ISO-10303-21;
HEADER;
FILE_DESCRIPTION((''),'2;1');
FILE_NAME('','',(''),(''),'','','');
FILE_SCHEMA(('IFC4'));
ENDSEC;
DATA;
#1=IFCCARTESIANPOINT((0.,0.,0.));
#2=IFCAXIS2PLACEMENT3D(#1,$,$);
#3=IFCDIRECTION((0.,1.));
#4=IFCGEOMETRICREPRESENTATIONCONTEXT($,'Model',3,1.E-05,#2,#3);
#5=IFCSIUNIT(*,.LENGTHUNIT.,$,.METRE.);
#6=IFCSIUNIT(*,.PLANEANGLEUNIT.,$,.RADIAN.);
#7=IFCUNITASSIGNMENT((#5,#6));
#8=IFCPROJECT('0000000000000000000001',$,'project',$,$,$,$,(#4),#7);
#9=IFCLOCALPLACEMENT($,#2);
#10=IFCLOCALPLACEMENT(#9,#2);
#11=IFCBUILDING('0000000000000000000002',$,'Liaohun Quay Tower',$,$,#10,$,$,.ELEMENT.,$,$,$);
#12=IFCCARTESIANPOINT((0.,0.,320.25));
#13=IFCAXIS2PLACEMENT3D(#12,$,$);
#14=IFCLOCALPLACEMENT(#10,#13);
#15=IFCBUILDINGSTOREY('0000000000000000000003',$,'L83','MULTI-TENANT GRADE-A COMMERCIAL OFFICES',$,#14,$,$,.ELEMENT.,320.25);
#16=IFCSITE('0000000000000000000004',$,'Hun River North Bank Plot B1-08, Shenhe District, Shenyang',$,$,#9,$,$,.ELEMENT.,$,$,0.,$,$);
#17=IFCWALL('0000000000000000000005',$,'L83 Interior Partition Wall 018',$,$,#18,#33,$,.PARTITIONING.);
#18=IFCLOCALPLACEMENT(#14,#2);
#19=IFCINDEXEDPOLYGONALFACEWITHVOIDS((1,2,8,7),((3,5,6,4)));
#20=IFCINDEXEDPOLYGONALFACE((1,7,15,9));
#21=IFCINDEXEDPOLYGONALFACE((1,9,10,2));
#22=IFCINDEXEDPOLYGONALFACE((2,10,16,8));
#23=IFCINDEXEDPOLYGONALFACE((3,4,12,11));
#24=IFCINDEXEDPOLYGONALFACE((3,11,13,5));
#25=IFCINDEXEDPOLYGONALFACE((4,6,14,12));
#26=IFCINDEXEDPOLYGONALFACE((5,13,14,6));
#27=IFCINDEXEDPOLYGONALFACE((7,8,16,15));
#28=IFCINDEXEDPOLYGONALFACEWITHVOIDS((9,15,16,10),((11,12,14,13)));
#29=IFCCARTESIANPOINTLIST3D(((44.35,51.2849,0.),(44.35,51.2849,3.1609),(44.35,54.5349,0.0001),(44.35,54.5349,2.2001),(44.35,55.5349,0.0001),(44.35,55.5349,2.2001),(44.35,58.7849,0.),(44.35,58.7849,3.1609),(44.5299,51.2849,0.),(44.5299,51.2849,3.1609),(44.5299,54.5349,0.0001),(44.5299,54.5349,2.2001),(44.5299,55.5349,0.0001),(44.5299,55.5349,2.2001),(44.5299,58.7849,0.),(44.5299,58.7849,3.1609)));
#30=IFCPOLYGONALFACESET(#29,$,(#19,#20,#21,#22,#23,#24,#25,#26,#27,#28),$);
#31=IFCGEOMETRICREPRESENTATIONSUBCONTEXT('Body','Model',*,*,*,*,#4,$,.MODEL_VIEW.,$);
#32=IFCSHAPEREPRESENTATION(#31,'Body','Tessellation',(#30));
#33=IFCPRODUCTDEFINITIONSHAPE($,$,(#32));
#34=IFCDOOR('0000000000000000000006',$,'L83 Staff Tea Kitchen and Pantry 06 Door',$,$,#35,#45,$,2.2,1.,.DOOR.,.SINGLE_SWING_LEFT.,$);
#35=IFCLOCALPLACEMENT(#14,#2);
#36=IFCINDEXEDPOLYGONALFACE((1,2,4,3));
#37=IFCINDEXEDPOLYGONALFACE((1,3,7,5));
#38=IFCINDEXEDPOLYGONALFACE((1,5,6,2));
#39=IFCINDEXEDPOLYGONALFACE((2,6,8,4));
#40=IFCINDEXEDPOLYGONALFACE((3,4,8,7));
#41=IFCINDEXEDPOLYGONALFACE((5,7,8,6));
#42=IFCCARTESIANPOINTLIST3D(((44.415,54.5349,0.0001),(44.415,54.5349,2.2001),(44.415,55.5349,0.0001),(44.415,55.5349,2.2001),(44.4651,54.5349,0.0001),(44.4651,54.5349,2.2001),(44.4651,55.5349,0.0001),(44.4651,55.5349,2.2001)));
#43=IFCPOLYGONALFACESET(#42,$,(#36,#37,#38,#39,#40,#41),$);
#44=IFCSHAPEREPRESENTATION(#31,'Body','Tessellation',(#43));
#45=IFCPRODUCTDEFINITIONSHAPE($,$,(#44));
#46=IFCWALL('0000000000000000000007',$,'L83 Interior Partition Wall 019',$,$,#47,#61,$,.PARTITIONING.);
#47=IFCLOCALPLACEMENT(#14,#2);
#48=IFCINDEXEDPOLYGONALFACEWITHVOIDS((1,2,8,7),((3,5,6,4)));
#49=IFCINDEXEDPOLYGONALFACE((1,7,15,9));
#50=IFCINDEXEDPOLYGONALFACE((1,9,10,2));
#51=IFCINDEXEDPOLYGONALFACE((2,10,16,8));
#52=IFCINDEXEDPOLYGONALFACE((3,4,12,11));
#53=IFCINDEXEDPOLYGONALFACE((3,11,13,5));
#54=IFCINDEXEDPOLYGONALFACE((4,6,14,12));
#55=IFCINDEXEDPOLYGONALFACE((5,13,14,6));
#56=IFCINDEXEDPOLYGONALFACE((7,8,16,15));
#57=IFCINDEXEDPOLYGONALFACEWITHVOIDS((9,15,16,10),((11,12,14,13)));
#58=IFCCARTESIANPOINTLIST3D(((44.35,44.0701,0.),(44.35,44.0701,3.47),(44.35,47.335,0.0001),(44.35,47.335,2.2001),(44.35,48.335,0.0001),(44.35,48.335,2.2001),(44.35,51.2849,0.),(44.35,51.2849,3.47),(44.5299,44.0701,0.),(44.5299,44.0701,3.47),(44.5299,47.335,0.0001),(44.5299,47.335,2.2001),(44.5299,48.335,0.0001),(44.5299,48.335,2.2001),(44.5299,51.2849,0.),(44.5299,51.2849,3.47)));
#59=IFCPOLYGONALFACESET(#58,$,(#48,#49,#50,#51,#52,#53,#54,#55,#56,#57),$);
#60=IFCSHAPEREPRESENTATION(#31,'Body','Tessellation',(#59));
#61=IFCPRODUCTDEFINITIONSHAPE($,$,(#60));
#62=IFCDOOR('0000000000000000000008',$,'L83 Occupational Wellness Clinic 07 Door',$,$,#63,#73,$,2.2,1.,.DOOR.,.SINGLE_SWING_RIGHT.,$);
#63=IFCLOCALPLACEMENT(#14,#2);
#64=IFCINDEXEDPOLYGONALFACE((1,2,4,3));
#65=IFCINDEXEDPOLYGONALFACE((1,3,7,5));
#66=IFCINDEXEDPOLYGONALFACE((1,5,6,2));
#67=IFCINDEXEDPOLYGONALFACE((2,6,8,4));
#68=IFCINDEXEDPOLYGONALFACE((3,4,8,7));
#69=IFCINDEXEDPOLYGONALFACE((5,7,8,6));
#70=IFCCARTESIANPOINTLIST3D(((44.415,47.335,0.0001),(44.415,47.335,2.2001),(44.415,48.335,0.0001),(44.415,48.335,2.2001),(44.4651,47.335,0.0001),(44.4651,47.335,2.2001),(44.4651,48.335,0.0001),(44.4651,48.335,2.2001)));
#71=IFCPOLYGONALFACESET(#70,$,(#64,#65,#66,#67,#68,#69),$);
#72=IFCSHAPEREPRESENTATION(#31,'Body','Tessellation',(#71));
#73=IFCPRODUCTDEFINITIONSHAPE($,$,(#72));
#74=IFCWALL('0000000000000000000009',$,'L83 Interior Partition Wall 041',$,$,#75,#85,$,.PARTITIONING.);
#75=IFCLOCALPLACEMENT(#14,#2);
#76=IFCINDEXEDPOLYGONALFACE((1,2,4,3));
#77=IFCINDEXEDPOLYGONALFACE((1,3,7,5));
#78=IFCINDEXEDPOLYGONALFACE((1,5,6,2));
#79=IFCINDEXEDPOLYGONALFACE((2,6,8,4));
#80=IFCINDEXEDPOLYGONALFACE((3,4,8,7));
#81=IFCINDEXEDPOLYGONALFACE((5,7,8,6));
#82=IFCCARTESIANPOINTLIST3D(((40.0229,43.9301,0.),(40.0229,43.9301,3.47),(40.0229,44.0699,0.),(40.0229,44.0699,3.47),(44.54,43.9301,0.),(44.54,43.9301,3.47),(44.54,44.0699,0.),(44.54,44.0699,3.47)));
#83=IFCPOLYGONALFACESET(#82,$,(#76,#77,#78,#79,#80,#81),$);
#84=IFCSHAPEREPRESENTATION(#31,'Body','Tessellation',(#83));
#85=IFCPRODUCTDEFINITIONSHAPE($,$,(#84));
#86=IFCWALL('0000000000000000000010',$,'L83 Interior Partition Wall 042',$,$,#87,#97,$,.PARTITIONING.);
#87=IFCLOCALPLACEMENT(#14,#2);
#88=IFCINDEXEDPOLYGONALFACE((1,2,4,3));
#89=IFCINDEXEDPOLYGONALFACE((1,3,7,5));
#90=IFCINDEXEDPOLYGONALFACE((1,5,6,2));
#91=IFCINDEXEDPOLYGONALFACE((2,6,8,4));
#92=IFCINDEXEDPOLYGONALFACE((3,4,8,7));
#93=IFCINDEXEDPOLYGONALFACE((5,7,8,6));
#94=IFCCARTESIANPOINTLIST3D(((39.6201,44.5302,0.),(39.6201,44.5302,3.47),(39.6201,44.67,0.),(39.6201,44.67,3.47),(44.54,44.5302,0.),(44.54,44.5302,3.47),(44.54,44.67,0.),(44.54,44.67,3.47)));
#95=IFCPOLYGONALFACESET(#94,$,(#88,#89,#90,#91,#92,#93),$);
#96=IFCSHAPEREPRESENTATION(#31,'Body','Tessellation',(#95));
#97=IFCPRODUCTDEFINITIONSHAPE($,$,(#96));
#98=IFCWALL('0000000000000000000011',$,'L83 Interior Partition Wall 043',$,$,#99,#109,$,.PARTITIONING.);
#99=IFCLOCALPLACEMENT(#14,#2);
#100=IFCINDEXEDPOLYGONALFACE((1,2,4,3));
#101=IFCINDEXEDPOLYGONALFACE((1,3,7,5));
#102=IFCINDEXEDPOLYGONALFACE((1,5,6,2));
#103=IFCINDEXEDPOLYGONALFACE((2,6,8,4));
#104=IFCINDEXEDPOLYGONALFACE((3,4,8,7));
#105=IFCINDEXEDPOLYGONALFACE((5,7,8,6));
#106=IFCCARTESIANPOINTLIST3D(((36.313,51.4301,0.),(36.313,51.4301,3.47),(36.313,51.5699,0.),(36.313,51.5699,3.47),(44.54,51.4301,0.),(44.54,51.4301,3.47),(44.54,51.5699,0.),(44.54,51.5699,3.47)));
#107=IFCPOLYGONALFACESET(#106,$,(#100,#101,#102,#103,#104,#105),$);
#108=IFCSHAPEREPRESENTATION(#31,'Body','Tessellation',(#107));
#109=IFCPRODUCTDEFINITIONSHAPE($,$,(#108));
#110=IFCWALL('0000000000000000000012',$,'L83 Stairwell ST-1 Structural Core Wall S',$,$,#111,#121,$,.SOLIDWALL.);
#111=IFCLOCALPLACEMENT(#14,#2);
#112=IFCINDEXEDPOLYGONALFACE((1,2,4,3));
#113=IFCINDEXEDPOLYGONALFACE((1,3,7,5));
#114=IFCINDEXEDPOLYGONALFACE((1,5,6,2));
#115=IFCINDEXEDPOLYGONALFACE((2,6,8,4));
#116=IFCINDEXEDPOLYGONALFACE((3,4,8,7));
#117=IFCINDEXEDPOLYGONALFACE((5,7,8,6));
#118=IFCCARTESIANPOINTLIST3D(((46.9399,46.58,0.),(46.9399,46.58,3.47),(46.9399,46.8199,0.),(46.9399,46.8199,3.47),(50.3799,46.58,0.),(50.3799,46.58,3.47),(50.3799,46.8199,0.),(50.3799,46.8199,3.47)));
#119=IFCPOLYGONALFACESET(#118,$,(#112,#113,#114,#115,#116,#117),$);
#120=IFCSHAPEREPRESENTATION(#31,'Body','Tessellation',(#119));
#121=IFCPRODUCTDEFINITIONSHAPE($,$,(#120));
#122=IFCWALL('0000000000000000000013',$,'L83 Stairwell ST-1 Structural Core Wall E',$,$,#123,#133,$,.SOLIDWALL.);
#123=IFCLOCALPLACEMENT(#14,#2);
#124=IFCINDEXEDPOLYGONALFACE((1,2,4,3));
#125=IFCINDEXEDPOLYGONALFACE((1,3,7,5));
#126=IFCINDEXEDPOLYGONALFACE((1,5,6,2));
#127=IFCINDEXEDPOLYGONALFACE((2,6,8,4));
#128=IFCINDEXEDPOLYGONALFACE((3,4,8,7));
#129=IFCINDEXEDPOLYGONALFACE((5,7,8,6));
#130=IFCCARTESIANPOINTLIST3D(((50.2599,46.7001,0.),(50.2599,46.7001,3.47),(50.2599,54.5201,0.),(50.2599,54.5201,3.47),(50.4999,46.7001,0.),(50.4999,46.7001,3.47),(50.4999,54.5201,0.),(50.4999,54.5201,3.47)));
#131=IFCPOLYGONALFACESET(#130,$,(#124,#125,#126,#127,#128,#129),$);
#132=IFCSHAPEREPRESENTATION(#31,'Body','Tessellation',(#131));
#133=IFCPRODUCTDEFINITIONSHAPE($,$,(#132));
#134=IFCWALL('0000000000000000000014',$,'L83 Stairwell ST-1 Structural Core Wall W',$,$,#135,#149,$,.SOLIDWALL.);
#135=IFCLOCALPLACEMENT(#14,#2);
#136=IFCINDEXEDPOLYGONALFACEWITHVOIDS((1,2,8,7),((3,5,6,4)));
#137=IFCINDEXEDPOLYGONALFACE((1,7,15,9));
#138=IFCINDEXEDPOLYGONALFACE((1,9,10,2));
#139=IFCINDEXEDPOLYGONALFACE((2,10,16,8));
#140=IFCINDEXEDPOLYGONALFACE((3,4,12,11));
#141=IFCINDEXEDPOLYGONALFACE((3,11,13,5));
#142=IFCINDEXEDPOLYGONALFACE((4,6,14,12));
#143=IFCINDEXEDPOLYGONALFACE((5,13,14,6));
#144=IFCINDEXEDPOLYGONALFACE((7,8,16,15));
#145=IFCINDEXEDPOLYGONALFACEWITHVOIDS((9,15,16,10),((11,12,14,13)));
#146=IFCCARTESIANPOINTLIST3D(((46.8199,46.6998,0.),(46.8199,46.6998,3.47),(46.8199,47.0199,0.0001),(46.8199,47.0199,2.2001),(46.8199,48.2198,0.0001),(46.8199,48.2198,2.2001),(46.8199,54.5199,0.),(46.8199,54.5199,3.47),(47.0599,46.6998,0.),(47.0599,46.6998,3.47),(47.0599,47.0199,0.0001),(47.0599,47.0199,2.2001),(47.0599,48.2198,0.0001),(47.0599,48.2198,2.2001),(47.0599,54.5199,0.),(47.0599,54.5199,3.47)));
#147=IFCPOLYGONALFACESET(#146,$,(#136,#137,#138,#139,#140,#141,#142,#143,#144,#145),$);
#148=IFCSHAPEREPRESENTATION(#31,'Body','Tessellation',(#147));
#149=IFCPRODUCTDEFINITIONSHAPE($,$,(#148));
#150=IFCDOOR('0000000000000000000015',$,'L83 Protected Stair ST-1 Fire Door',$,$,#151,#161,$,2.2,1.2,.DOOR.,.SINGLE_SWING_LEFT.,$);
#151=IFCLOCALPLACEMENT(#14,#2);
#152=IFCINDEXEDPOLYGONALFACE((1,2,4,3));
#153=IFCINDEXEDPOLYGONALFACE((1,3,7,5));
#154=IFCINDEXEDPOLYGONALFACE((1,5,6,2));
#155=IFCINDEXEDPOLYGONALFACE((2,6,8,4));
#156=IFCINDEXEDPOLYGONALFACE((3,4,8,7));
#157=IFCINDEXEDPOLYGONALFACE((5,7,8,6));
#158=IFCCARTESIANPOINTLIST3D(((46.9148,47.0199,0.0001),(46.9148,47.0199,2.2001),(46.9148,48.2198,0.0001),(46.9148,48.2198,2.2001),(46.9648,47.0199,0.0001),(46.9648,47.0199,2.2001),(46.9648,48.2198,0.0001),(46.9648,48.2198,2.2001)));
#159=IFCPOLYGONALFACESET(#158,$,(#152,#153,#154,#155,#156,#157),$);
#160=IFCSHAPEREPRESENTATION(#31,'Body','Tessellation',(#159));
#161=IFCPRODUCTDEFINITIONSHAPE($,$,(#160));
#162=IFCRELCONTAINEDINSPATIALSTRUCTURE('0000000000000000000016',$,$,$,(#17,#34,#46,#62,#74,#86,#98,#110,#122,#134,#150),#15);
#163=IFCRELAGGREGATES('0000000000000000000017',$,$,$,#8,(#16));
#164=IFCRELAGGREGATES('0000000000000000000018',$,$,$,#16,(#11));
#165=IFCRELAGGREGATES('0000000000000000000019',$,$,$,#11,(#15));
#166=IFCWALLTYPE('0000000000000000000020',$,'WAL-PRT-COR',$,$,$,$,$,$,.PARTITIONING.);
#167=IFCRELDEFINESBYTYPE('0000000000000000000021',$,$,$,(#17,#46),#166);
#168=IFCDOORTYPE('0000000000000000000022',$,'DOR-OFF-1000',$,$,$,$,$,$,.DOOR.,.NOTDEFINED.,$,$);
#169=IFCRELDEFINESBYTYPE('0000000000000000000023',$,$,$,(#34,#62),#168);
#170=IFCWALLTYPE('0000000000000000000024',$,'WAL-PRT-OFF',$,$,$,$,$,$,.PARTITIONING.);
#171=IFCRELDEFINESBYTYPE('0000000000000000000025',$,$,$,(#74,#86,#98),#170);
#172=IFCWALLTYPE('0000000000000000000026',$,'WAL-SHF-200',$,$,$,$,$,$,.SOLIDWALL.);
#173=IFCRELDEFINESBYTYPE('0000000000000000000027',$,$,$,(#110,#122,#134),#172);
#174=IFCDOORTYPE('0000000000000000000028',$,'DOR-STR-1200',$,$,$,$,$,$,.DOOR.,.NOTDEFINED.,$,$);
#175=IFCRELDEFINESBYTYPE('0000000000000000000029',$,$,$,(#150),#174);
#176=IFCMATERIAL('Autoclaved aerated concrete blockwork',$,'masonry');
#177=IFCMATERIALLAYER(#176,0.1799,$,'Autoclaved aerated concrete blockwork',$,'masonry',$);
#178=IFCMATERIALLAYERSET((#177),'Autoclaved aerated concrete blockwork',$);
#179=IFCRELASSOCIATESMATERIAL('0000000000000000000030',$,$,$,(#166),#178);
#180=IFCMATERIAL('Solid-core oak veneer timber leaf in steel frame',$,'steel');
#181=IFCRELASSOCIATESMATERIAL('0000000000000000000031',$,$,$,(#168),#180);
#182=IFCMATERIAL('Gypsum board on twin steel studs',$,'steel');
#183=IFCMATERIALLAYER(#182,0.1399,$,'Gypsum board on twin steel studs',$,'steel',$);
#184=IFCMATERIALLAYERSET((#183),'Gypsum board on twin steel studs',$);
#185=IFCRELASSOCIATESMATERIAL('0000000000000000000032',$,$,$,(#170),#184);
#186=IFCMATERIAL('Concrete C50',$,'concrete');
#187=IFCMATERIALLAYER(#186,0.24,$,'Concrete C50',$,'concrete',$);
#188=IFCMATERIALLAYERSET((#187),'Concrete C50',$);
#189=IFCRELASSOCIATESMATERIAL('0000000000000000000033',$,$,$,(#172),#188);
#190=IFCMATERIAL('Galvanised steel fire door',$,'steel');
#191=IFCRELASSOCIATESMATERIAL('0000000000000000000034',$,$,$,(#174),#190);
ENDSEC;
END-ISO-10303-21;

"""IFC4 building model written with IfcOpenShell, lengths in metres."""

from ifc_helpers import new_model, si_unit, direction, frame, frame_2d, origin, place, context, subcontext, project, spatial, rectangle, extrude, source, transform, mapped, material, layer, layer_set, type_object, element, fill, save


model = new_model("IFC4")

# Units and contexts
model_context = context("Model", 3, precision=1e-05, world=origin(), true_north=direction((0.0, 1.0)))
body_context = subcontext(model_context, "Body", "Model", "MODEL_VIEW")
ifc_project = project(units=[si_unit("LENGTHUNIT", "METRE"), si_unit("PLANEANGLEUNIT", "RADIAN")], contexts=[model_context])

# Site, building, storey
site_placement = place(None, origin())
site = spatial("IfcSite", under=ifc_project, at=site_placement, Name="Hun River North Bank Plot B1-08, Shenhe District, Shenyang", CompositionType="ELEMENT", RefElevation=0.0)
building_placement = place(site_placement, origin())
building = spatial("IfcBuilding", under=site, at=building_placement, Name="Liaohun Quay Tower", CompositionType="ELEMENT")
storey_placement = place(building_placement, frame((0.0, 0.0, 320.25)))
storey = spatial("IfcBuildingStorey", under=building, at=storey_placement, Name="L83", Description="MULTI-TENANT GRADE-A COMMERCIAL OFFICES", CompositionType="ELEMENT", Elevation=320.25)

# Shared definitions
ifc_material_1 = material(Name="Concrete C50", Category="concrete")

# Walls, openings, doors
ifc_material_2 = material(Name="Autoclaved aerated concrete blockwork", Category="masonry")
ifc_layer_1 = layer(ifc_material_2, 0.1799, Name="Autoclaved aerated concrete blockwork", Category="masonry")
ifc_layer_set_1 = layer_set([ifc_layer_1], Name="Autoclaved aerated concrete blockwork")
wall_type_1 = type_object("IfcWallType", Name="WAL-PRT-COR", PredefinedType="PARTITIONING", material=ifc_layer_set_1)
wall_1_placement = place(storey_placement, frame((44.4399, 51.2849, 0.0), z_axis=(0.0, 0.0, 1.0), x_axis=(0.0, 1.0, 0.0)))
wall_1 = element("IfcWall", 1, at=wall_1_placement, inside=storey, type_object=wall_type_1, Name="L83 Interior Partition Wall 018", PredefinedType="PARTITIONING", context=body_context, shape_type="SweptSolid", body=[
    extrude(rectangle(XDim=7.5, YDim=0.1799, at=frame_2d((3.75, 0.0))), origin(), (0.0, 0.0, 1.0), 3.1609),
])
shared_shape_1 = source(origin(), body_context, "Body", "SweptSolid", [
    extrude(rectangle(XDim=1.0, YDim=2.2, at=frame_2d((0.5, 1.1001))), frame((0.0, 0.0999, 0.0), z_axis=(0.0, -1.0, 0.0), x_axis=(1.0, 0.0, 0.0)), (0.0, 0.0, 1.0), 0.2),
])
opening_1_placement = place(wall_1_placement, frame((3.25, 0.0, 0.0)))
opening_1 = element("IfcOpeningElement", 2, at=opening_1_placement, cuts=wall_1, PredefinedType="OPENING", context=body_context, shape_type="MappedRepresentation", body=[
    mapped(shared_shape_1, transform((0.0, 0.0, 0.0), x_axis=(1.0, 0.0, 0.0), y_axis=(0.0, 1.0, 0.0), z_axis=(0.0, 0.0, 1.0), scale=1.0)),
])
ifc_material_3 = material(Name="Solid-core oak veneer timber leaf in steel frame", Category="steel")
door_type_1 = type_object("IfcDoorType", Name="DOR-OFF-1000", OperationType="NOTDEFINED", PredefinedType="DOOR", material=ifc_material_3)
shared_shape_2 = source(origin(), body_context, "Body", "SweptSolid", [
    extrude(rectangle(XDim=1.0, YDim=2.2, at=frame_2d((0.5, 1.1001))), frame((0.0, 0.0249, 0.0), z_axis=(0.0, -1.0, 0.0), x_axis=(1.0, 0.0, 0.0)), (0.0, 0.0, 1.0), 0.05),
])
door_1_placement = place(opening_1_placement, origin())
door_1 = element("IfcDoor", 3, at=door_1_placement, inside=storey, type_object=door_type_1, Name="L83 Staff Tea Kitchen and Pantry 06 Door", OperationType="SINGLE_SWING_LEFT", OverallHeight=2.2, OverallWidth=1.0, PredefinedType="DOOR", context=body_context, shape_type="MappedRepresentation", body=[
    mapped(shared_shape_2, transform((0.0, 0.0, 0.0), x_axis=(1.0, 0.0, 0.0), y_axis=(0.0, 1.0, 0.0), z_axis=(0.0, 0.0, 1.0), scale=1.0)),
])
fill(opening_1, door_1)
wall_2_placement = place(storey_placement, frame((44.4399, 44.0701, 0.0), z_axis=(0.0, 0.0, 1.0), x_axis=(0.0, 1.0, 0.0)))
wall_2 = element("IfcWall", 4, at=wall_2_placement, inside=storey, type_object=wall_type_1, Name="L83 Interior Partition Wall 019", PredefinedType="PARTITIONING", context=body_context, shape_type="SweptSolid", body=[
    extrude(rectangle(XDim=7.2148, YDim=0.1799, at=frame_2d((3.6074, 0.0))), origin(), (0.0, 0.0, 1.0), 3.47),
])
opening_2_placement = place(wall_2_placement, frame((3.2649, 0.0, 0.0)))
opening_2 = element("IfcOpeningElement", 5, at=opening_2_placement, cuts=wall_2, PredefinedType="OPENING", context=body_context, shape_type="MappedRepresentation", body=[
    mapped(shared_shape_1, transform((0.0, 0.0, 0.0), x_axis=(1.0, 0.0, 0.0), y_axis=(0.0, 1.0, 0.0), z_axis=(0.0, 0.0, 1.0), scale=1.0)),
])
door_2_placement = place(opening_2_placement, origin())
door_2 = element("IfcDoor", 6, at=door_2_placement, inside=storey, type_object=door_type_1, Name="L83 Occupational Wellness Clinic 07 Door", OperationType="SINGLE_SWING_RIGHT", OverallHeight=2.2, OverallWidth=1.0, PredefinedType="DOOR", context=body_context, shape_type="MappedRepresentation", body=[
    mapped(shared_shape_2, transform((0.0, 0.0, 0.0), x_axis=(1.0, 0.0, 0.0), y_axis=(0.0, 1.0, 0.0), z_axis=(0.0, 0.0, 1.0), scale=1.0)),
])
fill(opening_2, door_2)

# Walls
ifc_material_4 = material(Name="Gypsum board on twin steel studs", Category="steel")
ifc_layer_2 = layer(ifc_material_4, 0.1399, Name="Gypsum board on twin steel studs", Category="steel")
ifc_layer_set_2 = layer_set([ifc_layer_2], Name="Gypsum board on twin steel studs")
wall_type_2 = type_object("IfcWallType", Name="WAL-PRT-OFF", PredefinedType="PARTITIONING", material=ifc_layer_set_2)
wall_3_placement = place(storey_placement, frame((44.54, 44.0, 0.0), z_axis=(0.0, 0.0, 1.0), x_axis=(-1.0, 0.0, 0.0)))
element("IfcWall", 7, at=wall_3_placement, inside=storey, type_object=wall_type_2, Name="L83 Interior Partition Wall 041", PredefinedType="PARTITIONING", context=body_context, shape_type="SweptSolid", body=[
    extrude(rectangle(XDim=4.5171, YDim=0.1399, at=frame_2d((2.2585, 0.0))), origin(), (0.0, 0.0, 1.0), 3.47),
])
wall_4_placement = place(storey_placement, frame((44.54, 44.6001, 0.0), z_axis=(0.0, 0.0, 1.0), x_axis=(-1.0, 0.0, 0.0)))
element("IfcWall", 8, at=wall_4_placement, inside=storey, type_object=wall_type_2, Name="L83 Interior Partition Wall 042", PredefinedType="PARTITIONING", context=body_context, shape_type="SweptSolid", body=[
    extrude(rectangle(XDim=4.9199, YDim=0.1399, at=frame_2d((2.46, 0.0))), origin(), (0.0, 0.0, 1.0), 3.47),
])
wall_5_placement = place(storey_placement, frame((44.54, 51.5, 0.0), z_axis=(0.0, 0.0, 1.0), x_axis=(-1.0, 0.0, 0.0)))
element("IfcWall", 9, at=wall_5_placement, inside=storey, type_object=wall_type_2, Name="L83 Interior Partition Wall 043", PredefinedType="PARTITIONING", context=body_context, shape_type="SweptSolid", body=[
    extrude(rectangle(XDim=8.2271, YDim=0.1399, at=frame_2d((4.1135, 0.0))), origin(), (0.0, 0.0, 1.0), 3.47),
])
ifc_layer_3 = layer(ifc_material_1, 0.24, Name="Concrete C50", Category="concrete")
ifc_layer_set_3 = layer_set([ifc_layer_3], Name="Concrete C50")
wall_type_3 = type_object("IfcWallType", Name="WAL-SHF-200", PredefinedType="SOLIDWALL", material=ifc_layer_set_3)
wall_6_placement = place(storey_placement, frame((46.9399, 46.7, 0.0), z_axis=(0.0, 0.0, 1.0), x_axis=(1.0, 0.0, 0.0)))
element("IfcWall", 10, at=wall_6_placement, inside=storey, type_object=wall_type_3, Name="L83 Stairwell ST-1 Structural Core Wall S", PredefinedType="SOLIDWALL", context=body_context, shape_type="SweptSolid", body=[
    extrude(rectangle(XDim=3.4399, YDim=0.24, at=frame_2d((1.72, 0.0))), origin(), (0.0, 0.0, 1.0), 3.47),
])
wall_7_placement = place(storey_placement, frame((50.3799, 46.7, 0.0), z_axis=(0.0, 0.0, 1.0), x_axis=(0.0, 1.0, 0.0)))
element("IfcWall", 11, at=wall_7_placement, inside=storey, type_object=wall_type_3, Name="L83 Stairwell ST-1 Structural Core Wall E", PredefinedType="SOLIDWALL", context=body_context, shape_type="SweptSolid", body=[
    extrude(rectangle(XDim=7.8201, YDim=0.24, at=frame_2d((3.9102, 0.0))), origin(), (0.0, 0.0, 1.0), 3.47),
])

# Wall, opening, door
wall_8_placement = place(storey_placement, frame((46.9399, 54.52, 0.0), z_axis=(0.0, 0.0, 1.0), x_axis=(0.0, -1.0, 0.0)))
wall_8 = element("IfcWall", 12, at=wall_8_placement, inside=storey, type_object=wall_type_3, Name="L83 Stairwell ST-1 Structural Core Wall W", PredefinedType="SOLIDWALL", context=body_context, shape_type="SweptSolid", body=[
    extrude(rectangle(XDim=7.8201, YDim=0.24, at=frame_2d((3.9102, 0.0))), origin(), (0.0, 0.0, 1.0), 3.47),
])
shared_shape_3 = source(origin(), body_context, "Body", "SweptSolid", [
    extrude(rectangle(XDim=1.2, YDim=2.2, at=frame_2d((0.6001, 1.1001))), frame((0.0, 0.1299, 0.0), z_axis=(0.0, -1.0, 0.0), x_axis=(1.0, 0.0, 0.0)), (0.0, 0.0, 1.0), 0.26),
])
opening_3_placement = place(wall_8_placement, frame((6.3, 0.0, 0.0)))
opening_3 = element("IfcOpeningElement", 13, at=opening_3_placement, cuts=wall_8, PredefinedType="OPENING", context=body_context, shape_type="MappedRepresentation", body=[
    mapped(shared_shape_3, transform((0.0, 0.0, 0.0), x_axis=(1.0, 0.0, 0.0), y_axis=(0.0, 1.0, 0.0), z_axis=(0.0, 0.0, 1.0), scale=1.0)),
])
ifc_material_5 = material(Name="Galvanised steel fire door", Category="steel")
door_type_2 = type_object("IfcDoorType", Name="DOR-STR-1200", OperationType="NOTDEFINED", PredefinedType="DOOR", material=ifc_material_5)
shared_shape_4 = source(origin(), body_context, "Body", "SweptSolid", [
    extrude(rectangle(XDim=1.2, YDim=2.2, at=frame_2d((0.6001, 1.1001))), frame((0.0, 0.0249, 0.0), z_axis=(0.0, -1.0, 0.0), x_axis=(1.0, 0.0, 0.0)), (0.0, 0.0, 1.0), 0.05),
])
door_3_placement = place(opening_3_placement, origin())
door_3 = element("IfcDoor", 14, at=door_3_placement, inside=storey, type_object=door_type_2, Name="L83 Protected Stair ST-1 Fire Door", OperationType="SINGLE_SWING_LEFT", OverallHeight=2.2, OverallWidth=1.2, PredefinedType="DOOR", context=body_context, shape_type="MappedRepresentation", body=[
    mapped(shared_shape_4, transform((0.0, 0.0, 0.0), x_axis=(1.0, 0.0, 0.0), y_axis=(0.0, 1.0, 0.0), z_axis=(0.0, 0.0, 1.0), scale=1.0)),
])
fill(opening_3, door_3)

save(model, "model.ifc")
